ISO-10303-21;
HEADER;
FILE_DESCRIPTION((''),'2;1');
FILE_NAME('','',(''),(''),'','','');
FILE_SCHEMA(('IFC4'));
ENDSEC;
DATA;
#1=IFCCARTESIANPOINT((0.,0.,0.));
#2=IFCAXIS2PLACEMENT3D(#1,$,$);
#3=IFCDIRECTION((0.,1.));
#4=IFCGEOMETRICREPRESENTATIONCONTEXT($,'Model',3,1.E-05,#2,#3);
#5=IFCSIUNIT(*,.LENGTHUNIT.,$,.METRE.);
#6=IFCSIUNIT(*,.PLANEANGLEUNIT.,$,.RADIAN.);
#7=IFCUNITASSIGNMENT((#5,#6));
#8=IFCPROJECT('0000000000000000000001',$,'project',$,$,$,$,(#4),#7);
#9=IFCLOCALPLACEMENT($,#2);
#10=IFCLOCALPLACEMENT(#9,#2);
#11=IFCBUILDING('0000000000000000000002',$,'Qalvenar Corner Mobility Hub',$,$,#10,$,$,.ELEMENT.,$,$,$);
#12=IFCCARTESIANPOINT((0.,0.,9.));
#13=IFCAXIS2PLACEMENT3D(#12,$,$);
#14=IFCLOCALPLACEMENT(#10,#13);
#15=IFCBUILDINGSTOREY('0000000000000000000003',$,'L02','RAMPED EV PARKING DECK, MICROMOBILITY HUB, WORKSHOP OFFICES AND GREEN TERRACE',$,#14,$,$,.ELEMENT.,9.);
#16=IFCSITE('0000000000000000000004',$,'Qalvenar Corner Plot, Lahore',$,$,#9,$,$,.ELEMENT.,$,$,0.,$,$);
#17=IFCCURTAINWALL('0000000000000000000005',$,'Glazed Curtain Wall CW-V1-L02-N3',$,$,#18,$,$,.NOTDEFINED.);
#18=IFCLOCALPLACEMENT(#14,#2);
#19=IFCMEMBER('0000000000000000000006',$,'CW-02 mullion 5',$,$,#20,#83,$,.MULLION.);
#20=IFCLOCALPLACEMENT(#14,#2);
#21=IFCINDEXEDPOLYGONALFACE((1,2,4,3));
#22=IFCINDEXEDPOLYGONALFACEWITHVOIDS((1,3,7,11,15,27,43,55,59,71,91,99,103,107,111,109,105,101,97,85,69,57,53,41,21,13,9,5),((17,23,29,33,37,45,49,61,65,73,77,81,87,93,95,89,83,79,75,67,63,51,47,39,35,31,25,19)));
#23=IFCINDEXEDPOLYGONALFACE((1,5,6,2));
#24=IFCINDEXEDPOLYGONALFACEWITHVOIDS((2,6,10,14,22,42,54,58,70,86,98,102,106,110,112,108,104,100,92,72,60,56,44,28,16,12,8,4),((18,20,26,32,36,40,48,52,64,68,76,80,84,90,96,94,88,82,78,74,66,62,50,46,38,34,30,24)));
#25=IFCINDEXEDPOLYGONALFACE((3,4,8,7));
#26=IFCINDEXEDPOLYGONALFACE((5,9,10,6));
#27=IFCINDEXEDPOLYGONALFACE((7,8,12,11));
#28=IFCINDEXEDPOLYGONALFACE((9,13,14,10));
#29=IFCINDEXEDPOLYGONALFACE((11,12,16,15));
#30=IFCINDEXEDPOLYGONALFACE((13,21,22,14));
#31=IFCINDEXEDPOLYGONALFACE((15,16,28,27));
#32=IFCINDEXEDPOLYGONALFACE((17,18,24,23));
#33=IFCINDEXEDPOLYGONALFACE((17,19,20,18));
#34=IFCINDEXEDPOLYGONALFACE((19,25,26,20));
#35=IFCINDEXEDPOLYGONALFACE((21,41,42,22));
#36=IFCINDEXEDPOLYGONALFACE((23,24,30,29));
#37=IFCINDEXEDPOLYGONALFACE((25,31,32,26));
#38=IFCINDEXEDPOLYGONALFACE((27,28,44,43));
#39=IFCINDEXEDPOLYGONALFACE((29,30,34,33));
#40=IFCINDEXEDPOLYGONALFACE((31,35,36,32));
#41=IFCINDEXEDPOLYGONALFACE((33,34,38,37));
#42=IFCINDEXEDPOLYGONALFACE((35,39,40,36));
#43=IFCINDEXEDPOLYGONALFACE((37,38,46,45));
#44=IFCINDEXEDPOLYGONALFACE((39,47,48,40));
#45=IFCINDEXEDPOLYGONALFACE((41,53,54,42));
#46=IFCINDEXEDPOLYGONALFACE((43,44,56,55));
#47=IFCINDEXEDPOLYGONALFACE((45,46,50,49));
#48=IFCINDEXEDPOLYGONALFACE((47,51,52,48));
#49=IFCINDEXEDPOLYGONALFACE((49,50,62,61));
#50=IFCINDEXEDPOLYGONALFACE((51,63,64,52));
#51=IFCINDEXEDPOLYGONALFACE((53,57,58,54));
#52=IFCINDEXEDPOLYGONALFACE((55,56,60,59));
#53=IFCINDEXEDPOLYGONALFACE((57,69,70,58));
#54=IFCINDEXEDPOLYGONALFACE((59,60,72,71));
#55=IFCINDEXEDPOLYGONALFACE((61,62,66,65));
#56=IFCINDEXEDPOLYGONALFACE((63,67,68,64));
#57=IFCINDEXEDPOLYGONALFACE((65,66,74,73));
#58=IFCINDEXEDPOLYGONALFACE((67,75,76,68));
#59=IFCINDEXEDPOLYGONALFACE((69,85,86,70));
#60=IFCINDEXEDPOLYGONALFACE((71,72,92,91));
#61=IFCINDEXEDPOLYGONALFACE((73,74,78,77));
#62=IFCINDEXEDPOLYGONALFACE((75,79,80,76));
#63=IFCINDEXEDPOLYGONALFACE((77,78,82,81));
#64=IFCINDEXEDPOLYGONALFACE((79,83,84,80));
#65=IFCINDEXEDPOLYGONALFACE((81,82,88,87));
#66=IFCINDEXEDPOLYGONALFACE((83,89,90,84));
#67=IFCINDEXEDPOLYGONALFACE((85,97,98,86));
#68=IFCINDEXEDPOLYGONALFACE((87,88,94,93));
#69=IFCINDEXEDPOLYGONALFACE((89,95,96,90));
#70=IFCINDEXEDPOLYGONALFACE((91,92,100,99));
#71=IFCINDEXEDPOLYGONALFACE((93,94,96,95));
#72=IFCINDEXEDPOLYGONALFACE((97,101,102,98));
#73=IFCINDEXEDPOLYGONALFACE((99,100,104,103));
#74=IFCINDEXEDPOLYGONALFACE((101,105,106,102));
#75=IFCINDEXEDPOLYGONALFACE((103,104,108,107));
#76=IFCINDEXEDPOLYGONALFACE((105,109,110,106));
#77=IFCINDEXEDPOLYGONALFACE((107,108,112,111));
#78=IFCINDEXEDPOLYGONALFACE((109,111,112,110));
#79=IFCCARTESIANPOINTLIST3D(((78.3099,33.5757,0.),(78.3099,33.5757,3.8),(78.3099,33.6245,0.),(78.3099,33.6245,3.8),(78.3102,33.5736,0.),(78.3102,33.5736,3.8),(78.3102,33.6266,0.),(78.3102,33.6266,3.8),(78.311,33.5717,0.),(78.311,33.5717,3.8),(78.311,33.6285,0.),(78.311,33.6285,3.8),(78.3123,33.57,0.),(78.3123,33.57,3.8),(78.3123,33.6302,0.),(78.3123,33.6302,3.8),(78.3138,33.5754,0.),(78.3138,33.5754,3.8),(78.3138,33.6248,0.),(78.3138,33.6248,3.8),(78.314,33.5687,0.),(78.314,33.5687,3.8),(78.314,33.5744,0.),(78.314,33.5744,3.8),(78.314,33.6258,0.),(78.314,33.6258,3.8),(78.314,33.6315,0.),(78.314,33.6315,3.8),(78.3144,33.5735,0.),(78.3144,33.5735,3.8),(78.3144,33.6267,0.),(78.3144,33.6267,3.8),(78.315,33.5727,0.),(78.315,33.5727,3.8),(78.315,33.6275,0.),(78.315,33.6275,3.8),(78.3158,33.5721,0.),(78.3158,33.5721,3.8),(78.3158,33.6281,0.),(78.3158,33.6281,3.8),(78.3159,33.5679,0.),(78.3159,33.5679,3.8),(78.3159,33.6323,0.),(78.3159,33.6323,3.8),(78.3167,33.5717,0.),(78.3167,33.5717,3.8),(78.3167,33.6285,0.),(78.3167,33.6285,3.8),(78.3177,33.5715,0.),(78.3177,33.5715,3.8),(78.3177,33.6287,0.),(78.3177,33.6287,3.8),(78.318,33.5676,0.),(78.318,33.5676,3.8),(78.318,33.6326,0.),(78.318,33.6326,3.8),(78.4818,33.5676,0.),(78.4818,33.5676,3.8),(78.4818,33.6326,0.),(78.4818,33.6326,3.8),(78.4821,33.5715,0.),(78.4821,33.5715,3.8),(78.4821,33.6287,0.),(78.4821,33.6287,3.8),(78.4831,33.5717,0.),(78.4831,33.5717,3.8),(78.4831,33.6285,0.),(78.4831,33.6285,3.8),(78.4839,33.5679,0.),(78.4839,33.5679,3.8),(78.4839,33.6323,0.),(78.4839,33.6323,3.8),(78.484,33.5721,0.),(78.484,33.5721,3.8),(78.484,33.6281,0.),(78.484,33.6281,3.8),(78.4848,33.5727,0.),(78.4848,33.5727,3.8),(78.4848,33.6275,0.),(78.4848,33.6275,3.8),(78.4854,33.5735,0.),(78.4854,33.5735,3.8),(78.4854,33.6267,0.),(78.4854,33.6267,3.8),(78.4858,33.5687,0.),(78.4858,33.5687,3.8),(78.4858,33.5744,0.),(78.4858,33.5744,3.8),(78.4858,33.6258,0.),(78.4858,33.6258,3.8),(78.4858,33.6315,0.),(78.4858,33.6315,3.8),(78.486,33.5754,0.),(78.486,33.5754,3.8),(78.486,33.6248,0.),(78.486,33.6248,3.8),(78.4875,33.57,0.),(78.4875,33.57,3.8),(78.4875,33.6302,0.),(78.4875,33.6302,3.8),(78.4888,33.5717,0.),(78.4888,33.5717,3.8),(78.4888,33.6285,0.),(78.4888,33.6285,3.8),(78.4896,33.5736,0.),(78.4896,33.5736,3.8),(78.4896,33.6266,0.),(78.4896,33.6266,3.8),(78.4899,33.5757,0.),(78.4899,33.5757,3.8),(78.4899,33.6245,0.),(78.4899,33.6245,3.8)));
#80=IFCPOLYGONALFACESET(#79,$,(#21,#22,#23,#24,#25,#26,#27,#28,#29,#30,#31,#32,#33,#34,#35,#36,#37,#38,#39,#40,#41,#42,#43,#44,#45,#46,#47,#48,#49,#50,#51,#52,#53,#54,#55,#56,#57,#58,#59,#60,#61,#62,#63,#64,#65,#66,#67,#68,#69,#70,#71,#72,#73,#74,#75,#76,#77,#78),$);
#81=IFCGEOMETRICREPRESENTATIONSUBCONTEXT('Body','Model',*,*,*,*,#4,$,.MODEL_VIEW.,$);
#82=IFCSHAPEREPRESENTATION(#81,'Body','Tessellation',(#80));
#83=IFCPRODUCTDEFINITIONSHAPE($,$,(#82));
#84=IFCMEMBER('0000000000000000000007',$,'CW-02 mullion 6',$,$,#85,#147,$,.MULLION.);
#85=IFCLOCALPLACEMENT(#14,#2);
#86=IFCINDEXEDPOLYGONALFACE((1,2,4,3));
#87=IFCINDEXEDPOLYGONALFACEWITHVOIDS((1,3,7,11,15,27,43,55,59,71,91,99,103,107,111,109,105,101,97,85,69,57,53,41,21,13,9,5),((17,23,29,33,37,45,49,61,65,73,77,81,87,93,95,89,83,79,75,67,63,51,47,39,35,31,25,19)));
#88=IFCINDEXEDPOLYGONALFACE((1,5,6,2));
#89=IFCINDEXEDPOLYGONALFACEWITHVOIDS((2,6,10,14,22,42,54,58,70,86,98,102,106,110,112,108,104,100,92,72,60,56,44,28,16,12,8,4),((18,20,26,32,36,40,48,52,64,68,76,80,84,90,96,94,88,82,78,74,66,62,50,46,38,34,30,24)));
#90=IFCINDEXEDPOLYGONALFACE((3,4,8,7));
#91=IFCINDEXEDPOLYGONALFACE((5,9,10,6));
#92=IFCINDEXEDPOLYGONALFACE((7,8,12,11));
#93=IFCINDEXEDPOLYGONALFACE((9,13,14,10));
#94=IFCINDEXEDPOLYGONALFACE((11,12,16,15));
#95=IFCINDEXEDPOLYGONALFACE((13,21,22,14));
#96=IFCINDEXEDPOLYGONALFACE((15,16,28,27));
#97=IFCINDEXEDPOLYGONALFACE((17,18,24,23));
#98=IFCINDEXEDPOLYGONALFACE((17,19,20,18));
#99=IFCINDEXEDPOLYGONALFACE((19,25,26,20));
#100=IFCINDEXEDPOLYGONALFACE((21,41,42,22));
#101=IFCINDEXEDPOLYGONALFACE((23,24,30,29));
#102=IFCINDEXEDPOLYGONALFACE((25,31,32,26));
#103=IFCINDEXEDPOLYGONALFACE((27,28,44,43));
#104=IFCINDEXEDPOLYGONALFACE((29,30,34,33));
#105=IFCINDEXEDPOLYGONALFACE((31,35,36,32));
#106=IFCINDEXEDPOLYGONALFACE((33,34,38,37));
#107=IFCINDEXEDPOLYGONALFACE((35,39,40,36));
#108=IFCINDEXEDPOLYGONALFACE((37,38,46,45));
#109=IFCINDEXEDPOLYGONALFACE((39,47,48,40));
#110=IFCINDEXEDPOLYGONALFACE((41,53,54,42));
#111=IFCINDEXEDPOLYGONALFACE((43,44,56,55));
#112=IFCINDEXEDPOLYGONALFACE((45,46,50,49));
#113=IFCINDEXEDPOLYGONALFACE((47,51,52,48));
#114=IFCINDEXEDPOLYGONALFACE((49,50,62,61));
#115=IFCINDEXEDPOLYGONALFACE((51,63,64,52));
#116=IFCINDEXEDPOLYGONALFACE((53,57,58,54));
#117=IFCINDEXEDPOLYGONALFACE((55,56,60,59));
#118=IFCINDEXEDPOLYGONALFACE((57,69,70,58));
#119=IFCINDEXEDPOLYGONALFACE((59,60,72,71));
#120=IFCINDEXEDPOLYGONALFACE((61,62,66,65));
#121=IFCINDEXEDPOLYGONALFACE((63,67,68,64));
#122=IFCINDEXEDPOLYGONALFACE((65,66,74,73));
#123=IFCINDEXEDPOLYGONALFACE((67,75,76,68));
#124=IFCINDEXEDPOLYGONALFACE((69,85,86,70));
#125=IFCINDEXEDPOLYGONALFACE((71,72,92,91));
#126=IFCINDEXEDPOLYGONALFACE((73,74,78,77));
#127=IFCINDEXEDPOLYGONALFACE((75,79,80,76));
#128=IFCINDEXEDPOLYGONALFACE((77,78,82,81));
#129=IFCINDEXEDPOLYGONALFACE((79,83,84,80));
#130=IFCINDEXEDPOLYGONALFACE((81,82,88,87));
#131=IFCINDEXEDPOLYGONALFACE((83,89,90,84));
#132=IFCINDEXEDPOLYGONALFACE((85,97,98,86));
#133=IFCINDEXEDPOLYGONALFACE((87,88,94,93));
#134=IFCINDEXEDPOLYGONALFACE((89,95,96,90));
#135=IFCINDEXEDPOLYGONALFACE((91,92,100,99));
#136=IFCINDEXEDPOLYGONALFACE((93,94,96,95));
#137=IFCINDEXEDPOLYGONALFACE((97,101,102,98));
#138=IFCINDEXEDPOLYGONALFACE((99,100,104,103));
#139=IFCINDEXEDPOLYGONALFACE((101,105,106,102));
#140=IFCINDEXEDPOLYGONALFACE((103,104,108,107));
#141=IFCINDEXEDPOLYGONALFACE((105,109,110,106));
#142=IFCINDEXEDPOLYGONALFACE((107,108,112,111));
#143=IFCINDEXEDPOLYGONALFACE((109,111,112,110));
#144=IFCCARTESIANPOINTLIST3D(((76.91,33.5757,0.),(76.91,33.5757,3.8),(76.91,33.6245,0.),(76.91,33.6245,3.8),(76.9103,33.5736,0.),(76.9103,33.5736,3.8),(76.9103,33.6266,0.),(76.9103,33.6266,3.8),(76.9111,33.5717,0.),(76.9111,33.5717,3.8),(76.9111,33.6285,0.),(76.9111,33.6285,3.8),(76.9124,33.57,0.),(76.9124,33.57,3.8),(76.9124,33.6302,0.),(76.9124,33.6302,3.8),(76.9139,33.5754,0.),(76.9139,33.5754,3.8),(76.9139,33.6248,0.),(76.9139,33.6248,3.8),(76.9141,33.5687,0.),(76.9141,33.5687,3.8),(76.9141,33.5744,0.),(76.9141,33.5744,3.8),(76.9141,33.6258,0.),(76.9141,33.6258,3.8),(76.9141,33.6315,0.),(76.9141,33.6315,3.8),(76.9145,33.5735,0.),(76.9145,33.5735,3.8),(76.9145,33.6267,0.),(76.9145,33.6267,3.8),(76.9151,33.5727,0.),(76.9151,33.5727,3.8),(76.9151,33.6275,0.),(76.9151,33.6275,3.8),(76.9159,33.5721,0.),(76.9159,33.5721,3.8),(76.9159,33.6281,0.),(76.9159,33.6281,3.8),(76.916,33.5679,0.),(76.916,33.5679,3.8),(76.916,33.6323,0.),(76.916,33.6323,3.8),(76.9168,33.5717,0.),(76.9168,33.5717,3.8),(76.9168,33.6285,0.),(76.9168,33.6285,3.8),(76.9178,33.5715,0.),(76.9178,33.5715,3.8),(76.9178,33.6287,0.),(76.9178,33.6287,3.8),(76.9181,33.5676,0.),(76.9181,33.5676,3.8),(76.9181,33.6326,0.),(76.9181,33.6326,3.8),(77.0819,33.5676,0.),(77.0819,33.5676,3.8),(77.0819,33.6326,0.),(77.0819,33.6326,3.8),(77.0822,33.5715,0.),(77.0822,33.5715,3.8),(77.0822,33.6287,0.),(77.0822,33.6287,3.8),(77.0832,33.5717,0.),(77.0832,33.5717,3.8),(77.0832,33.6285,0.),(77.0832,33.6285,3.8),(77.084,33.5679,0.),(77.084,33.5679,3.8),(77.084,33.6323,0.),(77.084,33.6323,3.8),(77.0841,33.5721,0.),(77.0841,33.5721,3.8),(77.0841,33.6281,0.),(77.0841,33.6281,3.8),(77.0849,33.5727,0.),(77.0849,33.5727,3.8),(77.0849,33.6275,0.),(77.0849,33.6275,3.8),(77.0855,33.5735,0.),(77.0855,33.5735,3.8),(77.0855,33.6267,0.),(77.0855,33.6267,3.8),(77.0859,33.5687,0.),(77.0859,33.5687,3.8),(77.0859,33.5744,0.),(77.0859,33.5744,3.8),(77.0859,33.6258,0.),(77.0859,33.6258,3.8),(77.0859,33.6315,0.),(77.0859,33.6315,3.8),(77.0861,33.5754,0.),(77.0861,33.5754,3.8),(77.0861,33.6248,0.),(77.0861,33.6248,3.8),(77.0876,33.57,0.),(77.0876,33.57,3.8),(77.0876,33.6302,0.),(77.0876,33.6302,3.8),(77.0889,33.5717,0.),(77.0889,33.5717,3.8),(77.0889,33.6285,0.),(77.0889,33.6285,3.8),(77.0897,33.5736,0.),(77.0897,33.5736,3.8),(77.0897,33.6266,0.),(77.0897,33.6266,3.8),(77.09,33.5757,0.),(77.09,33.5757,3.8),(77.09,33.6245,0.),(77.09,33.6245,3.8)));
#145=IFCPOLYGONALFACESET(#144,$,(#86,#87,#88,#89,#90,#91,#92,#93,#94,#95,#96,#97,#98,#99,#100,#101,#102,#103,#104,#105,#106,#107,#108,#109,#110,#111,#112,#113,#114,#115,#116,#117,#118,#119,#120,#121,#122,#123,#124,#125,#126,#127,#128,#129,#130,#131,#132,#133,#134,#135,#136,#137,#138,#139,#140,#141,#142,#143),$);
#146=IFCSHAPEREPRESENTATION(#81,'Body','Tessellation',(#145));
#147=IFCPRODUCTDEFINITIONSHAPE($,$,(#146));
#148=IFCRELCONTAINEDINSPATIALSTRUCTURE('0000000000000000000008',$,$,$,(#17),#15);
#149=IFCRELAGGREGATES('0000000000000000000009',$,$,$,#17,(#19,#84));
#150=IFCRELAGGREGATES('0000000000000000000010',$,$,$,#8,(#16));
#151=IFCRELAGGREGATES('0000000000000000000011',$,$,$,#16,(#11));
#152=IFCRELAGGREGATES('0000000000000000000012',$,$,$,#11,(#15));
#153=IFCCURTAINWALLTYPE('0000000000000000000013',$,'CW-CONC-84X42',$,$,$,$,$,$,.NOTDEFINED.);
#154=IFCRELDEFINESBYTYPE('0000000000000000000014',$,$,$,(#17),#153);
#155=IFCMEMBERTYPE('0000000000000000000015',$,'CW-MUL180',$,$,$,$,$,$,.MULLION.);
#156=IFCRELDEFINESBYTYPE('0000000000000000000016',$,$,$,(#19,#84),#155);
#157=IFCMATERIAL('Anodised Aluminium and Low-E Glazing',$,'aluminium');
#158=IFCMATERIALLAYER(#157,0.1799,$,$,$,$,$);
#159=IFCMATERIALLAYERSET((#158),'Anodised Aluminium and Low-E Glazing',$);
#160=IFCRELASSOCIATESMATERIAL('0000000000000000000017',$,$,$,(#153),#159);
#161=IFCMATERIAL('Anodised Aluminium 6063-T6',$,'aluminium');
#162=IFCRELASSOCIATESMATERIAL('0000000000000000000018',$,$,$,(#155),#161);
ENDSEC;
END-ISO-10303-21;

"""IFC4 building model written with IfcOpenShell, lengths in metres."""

from ifc_helpers import new_model, si_unit, direction, frame, origin, origin_2d, place, context, subcontext, project, spatial, hollow_rectangle, extrude, material, layer, layer_set, material_profile, profile_set, type_object, element, aggregate, save


model = new_model("IFC4")

# Units and contexts
model_context = context("Model", 3, precision=1e-05, world=origin(), true_north=direction((0.0, 1.0)))
body_context = subcontext(model_context, "Body", "Model", "MODEL_VIEW")
ifc_project = project(units=[si_unit("LENGTHUNIT", "METRE"), si_unit("PLANEANGLEUNIT", "RADIAN")], contexts=[model_context])

# Site, building, storey
site_placement = place(None, origin())
site = spatial("IfcSite", under=ifc_project, at=site_placement, Name="Qalvenar Corner Plot, Lahore", CompositionType="ELEMENT", RefElevation=0.0)
building_placement = place(site_placement, origin())
building = spatial("IfcBuilding", under=site, at=building_placement, Name="Qalvenar Corner Mobility Hub", CompositionType="ELEMENT")
storey_placement = place(building_placement, frame((0.0, 0.0, 9.0)))
storey = spatial("IfcBuildingStorey", under=building, at=storey_placement, Name="L02", Description="RAMPED EV PARKING DECK, MICROMOBILITY HUB, WORKSHOP OFFICES AND GREEN TERRACE", CompositionType="ELEMENT", Elevation=9.0)

# Curtain wall, members
ifc_material_1 = material(Name="Anodised Aluminium and Low-E Glazing", Category="aluminium")
ifc_layer_1 = layer(ifc_material_1, 0.1799)
ifc_layer_set_1 = layer_set([ifc_layer_1], Name="Anodised Aluminium and Low-E Glazing")
curtain_wall_type = type_object("IfcCurtainWallType", Name="CW-CONC-84X42", PredefinedType="NOTDEFINED", material=ifc_layer_set_1)
curtain_wall_placement = place(storey_placement, origin())
curtain_wall = element("IfcCurtainWall", 1, at=curtain_wall_placement, inside=storey, type_object=curtain_wall_type, Name="Glazed Curtain Wall CW-V1-L02-N3", PredefinedType="NOTDEFINED")
ifc_material_2 = material(Name="Anodised Aluminium 6063-T6", Category="aluminium")
ifc_material_profile_1 = material_profile(ifc_material_2, hollow_rectangle(XDim=0.0649, YDim=0.1799, WallThickness=0.0039, InnerFilletRadius=0.0039, OuterFilletRadius=0.0081, at=origin_2d()), Name="RHS180x65x4")
ifc_profile_set_1 = profile_set([ifc_material_profile_1], Name="Anodised Aluminium 6063-T6")
member_type_1 = type_object("IfcMemberType", Name="CW-MUL180", PredefinedType="MULLION", material=ifc_profile_set_1)
member_1_placement = place(storey_placement, frame((78.3999, 33.6001, 0.0), z_axis=(0.0, 0.0, 1.0), x_axis=(0.0, -1.0, 0.0)))
member_1 = element("IfcMember", 2, at=member_1_placement, type_object=member_type_1, Name="CW-02 mullion 5", PredefinedType="MULLION", context=body_context, shape_type="SweptSolid", body=[
    extrude(hollow_rectangle(XDim=0.0649, YDim=0.1799, WallThickness=0.0039, InnerFilletRadius=0.0039, OuterFilletRadius=0.0081, at=origin_2d()), origin(), (0.0, 0.0, 1.0), 3.8),
])
member_2_placement = place(storey_placement, frame((77.0, 33.6001, 0.0), z_axis=(0.0, 0.0, 1.0), x_axis=(0.0, -1.0, 0.0)))
member_2 = element("IfcMember", 3, at=member_2_placement, type_object=member_type_1, Name="CW-02 mullion 6", PredefinedType="MULLION", context=body_context, shape_type="SweptSolid", body=[
    extrude(hollow_rectangle(XDim=0.0649, YDim=0.1799, WallThickness=0.0039, InnerFilletRadius=0.0039, OuterFilletRadius=0.0081, at=origin_2d()), origin(), (0.0, 0.0, 1.0), 3.8),
])
aggregate(curtain_wall, [member_1, member_2])

save(model, "model.ifc")
